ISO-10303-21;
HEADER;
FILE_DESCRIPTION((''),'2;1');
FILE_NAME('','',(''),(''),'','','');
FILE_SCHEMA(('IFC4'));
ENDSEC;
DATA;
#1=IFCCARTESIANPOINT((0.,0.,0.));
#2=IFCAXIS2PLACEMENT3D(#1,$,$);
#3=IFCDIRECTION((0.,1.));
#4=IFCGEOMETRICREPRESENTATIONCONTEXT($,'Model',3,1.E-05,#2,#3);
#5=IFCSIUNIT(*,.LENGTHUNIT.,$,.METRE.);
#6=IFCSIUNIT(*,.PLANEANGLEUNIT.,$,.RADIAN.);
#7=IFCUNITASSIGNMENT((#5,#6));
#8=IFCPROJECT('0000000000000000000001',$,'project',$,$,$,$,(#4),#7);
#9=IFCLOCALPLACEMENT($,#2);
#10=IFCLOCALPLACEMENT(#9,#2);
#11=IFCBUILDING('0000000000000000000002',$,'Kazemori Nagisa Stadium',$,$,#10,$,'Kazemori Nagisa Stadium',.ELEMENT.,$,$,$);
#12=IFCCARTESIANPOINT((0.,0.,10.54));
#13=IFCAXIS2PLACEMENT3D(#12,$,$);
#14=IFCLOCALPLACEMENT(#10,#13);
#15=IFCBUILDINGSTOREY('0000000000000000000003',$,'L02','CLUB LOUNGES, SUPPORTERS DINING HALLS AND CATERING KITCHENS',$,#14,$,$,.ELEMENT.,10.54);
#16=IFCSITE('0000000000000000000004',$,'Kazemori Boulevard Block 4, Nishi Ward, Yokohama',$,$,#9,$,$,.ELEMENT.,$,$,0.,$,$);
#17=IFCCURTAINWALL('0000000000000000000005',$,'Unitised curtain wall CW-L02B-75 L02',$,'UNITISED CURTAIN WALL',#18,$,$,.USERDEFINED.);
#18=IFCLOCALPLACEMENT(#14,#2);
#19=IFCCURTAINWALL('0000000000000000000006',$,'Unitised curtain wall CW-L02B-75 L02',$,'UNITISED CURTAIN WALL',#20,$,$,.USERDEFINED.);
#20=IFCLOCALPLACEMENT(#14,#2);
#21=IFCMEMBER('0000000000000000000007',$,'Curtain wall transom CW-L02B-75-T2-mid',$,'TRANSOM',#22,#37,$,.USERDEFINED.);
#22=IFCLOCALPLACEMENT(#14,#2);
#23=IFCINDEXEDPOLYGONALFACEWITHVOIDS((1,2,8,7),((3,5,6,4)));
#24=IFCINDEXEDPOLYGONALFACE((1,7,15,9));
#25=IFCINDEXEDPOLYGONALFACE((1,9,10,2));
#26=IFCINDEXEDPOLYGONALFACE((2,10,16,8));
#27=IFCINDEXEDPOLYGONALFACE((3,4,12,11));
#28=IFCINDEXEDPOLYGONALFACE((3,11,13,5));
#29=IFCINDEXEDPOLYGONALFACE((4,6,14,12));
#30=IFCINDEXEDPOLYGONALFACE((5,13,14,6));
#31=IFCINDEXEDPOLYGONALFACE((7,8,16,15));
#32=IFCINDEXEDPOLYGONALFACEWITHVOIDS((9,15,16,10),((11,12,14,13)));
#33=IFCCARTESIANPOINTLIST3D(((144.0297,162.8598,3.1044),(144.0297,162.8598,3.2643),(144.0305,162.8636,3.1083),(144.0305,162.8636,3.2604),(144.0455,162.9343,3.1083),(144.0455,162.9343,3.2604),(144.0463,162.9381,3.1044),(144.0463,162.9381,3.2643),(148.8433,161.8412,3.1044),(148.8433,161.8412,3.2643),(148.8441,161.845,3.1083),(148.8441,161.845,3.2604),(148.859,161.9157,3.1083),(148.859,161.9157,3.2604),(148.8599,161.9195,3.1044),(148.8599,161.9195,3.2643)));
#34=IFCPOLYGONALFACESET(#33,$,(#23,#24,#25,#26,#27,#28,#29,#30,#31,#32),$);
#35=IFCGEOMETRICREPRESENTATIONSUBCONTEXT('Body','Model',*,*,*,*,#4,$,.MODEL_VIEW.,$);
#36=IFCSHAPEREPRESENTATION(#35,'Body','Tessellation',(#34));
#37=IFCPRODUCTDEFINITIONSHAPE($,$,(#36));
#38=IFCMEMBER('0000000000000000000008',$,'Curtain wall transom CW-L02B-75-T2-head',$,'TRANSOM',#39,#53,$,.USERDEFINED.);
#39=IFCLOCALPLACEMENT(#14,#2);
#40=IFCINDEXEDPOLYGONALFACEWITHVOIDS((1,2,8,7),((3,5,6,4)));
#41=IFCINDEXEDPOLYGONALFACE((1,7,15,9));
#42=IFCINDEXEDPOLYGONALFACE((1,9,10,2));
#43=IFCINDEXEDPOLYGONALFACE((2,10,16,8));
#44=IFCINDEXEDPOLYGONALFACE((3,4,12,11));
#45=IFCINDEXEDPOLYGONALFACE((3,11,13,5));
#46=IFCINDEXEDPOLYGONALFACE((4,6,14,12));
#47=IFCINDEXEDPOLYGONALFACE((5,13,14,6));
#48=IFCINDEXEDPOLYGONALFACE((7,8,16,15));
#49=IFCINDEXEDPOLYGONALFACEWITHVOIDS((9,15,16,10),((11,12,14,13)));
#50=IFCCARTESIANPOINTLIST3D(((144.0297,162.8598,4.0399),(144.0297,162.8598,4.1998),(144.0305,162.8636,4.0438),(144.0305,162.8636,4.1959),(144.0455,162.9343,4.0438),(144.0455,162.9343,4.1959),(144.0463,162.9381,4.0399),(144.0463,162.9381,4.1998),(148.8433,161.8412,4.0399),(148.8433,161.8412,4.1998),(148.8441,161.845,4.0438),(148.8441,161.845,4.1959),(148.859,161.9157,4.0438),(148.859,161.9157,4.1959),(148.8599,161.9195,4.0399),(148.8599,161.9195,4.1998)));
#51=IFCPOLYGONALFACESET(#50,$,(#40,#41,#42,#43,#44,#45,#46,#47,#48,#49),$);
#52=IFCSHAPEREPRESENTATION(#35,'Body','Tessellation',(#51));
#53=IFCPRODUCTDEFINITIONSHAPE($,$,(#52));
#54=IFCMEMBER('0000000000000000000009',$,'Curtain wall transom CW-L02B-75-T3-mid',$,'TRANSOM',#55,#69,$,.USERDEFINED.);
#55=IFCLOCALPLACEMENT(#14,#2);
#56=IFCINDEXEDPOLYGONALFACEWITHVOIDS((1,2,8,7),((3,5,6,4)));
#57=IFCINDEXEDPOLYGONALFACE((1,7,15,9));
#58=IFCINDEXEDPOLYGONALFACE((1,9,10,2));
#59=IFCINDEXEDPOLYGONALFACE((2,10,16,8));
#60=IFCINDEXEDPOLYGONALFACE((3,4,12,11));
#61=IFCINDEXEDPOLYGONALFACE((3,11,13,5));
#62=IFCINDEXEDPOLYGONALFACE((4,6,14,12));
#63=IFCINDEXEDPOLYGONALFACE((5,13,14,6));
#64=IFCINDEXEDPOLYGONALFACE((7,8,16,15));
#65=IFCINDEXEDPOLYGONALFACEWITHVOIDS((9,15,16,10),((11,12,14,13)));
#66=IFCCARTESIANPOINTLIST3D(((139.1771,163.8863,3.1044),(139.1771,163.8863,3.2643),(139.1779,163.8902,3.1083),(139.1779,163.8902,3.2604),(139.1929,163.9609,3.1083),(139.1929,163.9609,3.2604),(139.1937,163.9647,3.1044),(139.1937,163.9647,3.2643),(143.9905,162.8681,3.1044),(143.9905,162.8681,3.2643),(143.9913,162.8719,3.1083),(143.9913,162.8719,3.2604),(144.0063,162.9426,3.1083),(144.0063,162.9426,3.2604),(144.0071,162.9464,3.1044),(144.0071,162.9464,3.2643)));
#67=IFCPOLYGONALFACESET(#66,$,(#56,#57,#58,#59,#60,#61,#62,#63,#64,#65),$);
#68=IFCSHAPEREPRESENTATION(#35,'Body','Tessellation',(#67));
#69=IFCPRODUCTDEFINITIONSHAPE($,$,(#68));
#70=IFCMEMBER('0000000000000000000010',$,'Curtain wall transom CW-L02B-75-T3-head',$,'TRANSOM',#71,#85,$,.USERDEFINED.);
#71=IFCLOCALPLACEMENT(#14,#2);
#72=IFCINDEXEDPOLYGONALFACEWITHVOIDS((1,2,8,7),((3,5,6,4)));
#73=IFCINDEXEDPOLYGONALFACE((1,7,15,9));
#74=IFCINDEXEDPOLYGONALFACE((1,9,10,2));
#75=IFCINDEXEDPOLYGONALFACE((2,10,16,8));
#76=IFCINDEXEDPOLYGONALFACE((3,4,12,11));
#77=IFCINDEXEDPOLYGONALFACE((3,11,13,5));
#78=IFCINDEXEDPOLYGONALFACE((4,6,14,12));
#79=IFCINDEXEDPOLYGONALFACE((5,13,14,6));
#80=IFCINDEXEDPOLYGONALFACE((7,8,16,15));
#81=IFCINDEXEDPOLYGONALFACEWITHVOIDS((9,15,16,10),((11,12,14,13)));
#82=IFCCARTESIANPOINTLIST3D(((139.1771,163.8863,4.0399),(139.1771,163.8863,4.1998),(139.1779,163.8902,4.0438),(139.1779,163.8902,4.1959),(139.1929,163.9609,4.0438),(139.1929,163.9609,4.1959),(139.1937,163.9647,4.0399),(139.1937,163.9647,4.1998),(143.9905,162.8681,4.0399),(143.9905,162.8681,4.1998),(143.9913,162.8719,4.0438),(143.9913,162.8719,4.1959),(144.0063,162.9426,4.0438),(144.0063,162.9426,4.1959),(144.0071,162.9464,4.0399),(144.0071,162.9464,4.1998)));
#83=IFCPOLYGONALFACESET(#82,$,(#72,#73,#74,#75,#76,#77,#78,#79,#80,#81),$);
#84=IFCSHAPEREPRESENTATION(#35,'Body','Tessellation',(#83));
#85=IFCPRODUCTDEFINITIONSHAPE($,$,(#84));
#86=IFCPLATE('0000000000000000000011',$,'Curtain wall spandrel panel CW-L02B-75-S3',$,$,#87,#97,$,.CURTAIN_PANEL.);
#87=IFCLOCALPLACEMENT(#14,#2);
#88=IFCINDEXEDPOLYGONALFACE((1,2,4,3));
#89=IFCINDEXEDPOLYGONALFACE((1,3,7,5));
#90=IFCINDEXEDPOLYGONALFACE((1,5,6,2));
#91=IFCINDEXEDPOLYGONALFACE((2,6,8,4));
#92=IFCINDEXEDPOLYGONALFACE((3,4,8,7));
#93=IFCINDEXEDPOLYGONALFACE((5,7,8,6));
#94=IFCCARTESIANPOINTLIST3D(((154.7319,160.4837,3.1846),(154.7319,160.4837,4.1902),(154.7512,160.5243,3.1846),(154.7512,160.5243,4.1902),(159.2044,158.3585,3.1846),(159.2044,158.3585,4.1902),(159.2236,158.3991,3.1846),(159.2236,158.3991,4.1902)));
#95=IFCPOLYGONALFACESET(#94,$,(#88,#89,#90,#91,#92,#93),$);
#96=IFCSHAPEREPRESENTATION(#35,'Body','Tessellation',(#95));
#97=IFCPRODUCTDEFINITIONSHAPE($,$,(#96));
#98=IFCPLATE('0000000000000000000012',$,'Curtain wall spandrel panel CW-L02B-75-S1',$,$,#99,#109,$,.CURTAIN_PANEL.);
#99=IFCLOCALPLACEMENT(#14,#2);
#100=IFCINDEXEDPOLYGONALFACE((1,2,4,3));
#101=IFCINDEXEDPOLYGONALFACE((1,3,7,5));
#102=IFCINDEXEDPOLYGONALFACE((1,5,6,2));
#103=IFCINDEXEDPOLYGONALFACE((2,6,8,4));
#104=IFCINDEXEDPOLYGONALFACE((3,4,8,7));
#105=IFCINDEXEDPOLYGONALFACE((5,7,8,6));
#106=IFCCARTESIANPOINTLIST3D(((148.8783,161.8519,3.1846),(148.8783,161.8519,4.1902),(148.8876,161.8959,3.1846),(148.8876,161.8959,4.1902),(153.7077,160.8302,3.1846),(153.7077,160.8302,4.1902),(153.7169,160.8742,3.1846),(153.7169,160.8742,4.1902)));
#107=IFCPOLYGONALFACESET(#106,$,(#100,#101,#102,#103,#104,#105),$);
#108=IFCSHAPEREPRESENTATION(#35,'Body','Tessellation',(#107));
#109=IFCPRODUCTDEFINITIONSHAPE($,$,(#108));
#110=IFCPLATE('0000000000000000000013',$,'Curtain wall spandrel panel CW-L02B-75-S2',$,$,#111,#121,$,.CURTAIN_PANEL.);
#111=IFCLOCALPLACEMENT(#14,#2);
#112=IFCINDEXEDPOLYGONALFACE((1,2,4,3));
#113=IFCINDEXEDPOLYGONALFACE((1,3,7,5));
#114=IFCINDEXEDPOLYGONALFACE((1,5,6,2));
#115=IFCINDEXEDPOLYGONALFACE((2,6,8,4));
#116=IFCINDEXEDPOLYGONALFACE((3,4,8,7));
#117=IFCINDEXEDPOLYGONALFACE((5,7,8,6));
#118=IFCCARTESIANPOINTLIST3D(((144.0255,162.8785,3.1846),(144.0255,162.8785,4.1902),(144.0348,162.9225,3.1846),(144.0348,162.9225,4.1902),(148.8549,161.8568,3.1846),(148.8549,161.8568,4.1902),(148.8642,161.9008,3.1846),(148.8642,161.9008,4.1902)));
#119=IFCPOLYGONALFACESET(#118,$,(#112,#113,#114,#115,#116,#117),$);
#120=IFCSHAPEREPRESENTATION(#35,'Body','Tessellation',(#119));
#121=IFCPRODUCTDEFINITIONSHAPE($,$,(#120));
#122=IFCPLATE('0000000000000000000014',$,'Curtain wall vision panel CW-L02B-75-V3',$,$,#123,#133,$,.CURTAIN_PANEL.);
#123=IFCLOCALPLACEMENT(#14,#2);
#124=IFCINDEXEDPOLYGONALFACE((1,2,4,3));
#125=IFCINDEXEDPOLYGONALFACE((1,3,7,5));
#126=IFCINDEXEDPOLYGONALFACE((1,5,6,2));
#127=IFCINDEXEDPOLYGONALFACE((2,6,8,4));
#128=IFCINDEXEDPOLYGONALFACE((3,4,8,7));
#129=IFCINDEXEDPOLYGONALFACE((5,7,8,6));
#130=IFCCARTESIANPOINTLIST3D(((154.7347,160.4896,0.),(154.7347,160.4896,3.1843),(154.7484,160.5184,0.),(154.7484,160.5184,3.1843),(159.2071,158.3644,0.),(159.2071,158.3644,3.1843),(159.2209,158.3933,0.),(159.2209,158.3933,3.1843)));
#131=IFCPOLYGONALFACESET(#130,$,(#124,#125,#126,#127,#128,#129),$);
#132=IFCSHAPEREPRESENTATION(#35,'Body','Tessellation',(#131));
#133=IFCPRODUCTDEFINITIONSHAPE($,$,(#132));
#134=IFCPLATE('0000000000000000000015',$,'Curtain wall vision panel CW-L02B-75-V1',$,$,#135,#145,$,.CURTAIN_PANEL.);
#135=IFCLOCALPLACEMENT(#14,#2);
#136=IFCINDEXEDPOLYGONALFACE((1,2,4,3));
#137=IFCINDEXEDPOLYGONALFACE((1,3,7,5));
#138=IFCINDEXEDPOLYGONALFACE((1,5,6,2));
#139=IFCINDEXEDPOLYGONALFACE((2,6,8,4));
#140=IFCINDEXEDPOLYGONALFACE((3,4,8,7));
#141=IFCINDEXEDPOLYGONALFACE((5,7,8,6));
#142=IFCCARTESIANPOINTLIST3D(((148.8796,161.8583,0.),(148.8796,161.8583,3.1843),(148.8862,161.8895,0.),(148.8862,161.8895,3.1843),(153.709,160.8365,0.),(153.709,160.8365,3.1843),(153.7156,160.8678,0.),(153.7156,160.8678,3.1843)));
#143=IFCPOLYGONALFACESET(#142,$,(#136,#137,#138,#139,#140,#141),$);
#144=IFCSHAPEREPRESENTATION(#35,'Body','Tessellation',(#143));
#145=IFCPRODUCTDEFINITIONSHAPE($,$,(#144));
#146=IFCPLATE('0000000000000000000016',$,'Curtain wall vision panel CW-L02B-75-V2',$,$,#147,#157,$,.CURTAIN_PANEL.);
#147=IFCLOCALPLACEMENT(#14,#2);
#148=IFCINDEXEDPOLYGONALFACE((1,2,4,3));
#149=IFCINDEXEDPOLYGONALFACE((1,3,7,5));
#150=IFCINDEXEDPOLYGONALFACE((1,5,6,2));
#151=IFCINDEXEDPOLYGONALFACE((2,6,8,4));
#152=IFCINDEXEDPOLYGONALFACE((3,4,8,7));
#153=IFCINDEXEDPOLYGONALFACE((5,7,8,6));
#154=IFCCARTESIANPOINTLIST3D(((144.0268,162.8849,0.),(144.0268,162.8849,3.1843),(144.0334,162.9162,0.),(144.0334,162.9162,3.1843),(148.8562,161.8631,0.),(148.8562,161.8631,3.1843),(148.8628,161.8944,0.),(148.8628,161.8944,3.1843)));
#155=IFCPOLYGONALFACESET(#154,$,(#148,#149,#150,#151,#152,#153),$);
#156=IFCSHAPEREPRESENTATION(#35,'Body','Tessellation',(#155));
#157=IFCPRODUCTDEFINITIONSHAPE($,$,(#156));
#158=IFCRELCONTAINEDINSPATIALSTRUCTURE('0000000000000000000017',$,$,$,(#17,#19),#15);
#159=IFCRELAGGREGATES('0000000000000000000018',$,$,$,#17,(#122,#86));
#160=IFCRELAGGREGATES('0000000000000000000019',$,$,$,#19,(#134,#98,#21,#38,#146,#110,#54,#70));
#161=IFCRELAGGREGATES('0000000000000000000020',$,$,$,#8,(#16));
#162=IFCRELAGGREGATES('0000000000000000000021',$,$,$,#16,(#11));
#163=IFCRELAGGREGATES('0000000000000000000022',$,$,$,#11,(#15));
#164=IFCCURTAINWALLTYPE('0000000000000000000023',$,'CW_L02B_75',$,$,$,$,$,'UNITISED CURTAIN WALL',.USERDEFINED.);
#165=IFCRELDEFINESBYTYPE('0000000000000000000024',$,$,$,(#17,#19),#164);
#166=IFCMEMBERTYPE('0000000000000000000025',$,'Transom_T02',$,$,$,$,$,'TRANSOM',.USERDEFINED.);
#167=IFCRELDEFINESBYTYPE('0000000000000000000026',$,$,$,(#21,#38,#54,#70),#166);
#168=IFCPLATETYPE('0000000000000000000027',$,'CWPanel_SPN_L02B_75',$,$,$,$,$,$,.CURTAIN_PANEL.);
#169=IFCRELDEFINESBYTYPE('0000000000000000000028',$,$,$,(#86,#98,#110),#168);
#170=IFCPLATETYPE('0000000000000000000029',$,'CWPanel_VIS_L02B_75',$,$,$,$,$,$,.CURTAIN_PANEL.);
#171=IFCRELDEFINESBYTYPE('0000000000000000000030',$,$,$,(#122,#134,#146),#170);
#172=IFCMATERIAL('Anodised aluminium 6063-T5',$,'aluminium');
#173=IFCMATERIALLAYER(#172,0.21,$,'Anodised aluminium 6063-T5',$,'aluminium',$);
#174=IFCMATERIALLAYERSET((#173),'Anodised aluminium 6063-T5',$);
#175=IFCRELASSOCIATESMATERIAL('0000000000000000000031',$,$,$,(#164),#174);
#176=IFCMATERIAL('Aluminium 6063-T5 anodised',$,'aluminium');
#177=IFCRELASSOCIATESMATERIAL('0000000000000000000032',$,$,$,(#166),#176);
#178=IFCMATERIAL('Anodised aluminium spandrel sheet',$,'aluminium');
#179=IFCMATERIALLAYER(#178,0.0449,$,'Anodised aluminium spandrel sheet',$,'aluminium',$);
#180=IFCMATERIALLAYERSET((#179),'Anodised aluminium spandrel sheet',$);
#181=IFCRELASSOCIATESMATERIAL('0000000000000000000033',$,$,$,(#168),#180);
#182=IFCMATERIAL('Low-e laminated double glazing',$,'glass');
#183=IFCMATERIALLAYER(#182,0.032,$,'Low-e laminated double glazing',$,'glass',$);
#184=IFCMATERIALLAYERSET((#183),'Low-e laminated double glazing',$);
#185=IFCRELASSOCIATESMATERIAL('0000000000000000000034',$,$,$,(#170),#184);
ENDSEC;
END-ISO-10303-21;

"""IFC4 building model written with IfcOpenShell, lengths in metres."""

from ifc_helpers import new_model, si_unit, direction, frame, origin, origin_2d, place, context, subcontext, project, spatial, rectangle, hollow_rectangle, extrude, material, layer, layer_set, material_profile, profile_set, type_object, element, aggregate, save


model = new_model("IFC4")

# Units and contexts
model_context = context("Model", 3, precision=1e-05, world=origin(), true_north=direction((0.0, 1.0)))
body_context = subcontext(model_context, "Body", "Model", "MODEL_VIEW")
ifc_project = project(units=[si_unit("LENGTHUNIT", "METRE"), si_unit("PLANEANGLEUNIT", "RADIAN")], contexts=[model_context])

# Site, building, storey
site_placement = place(None, origin())
site = spatial("IfcSite", under=ifc_project, at=site_placement, Name="Kazemori Boulevard Block 4, Nishi Ward, Yokohama", CompositionType="ELEMENT", RefElevation=0.0)
building_placement = place(site_placement, origin())
building = spatial("IfcBuilding", under=site, at=building_placement, Name="Kazemori Nagisa Stadium", LongName="Kazemori Nagisa Stadium", CompositionType="ELEMENT")
storey_placement = place(building_placement, frame((0.0, 0.0, 10.54)))
storey = spatial("IfcBuildingStorey", under=building, at=storey_placement, Name="L02", Description="CLUB LOUNGES, SUPPORTERS DINING HALLS AND CATERING KITCHENS", CompositionType="ELEMENT", Elevation=10.54)

# Curtain walls
ifc_material_1 = material(Name="Anodised aluminium 6063-T5", Category="aluminium")
ifc_layer_1 = layer(ifc_material_1, 0.21, Name="Anodised aluminium 6063-T5", Category="aluminium")
ifc_layer_set_1 = layer_set([ifc_layer_1], Name="Anodised aluminium 6063-T5")
curtain_wall_type = type_object("IfcCurtainWallType", Name="CW_L02B_75", ElementType="UNITISED CURTAIN WALL", PredefinedType="USERDEFINED", material=ifc_layer_set_1)
curtain_wall_1_placement = place(storey_placement, origin())
curtain_wall_1 = element("IfcCurtainWall", 1, at=curtain_wall_1_placement, inside=storey, type_object=curtain_wall_type, Name="Unitised curtain wall CW-L02B-75 L02", ObjectType="UNITISED CURTAIN WALL", PredefinedType="USERDEFINED")
ifc_material_2 = material(Name="Aluminium 6063-T5 anodised", Category="aluminium")
curtain_wall_2_placement = place(storey_placement, origin())
curtain_wall_2 = element("IfcCurtainWall", 2, at=curtain_wall_2_placement, inside=storey, type_object=curtain_wall_type, Name="Unitised curtain wall CW-L02B-75 L02", ObjectType="UNITISED CURTAIN WALL", PredefinedType="USERDEFINED")

# Members
ifc_material_profile_1 = material_profile(ifc_material_2, hollow_rectangle(XDim=0.0801, YDim=0.1599, WallThickness=0.0039, at=origin_2d()), Name="ALU-TRAN-80x160x4")
ifc_profile_set_1 = profile_set([ifc_material_profile_1], Name="Aluminium 6063-T5 anodised")
member_type_1 = type_object("IfcMemberType", Name="Transom_T02", ElementType="TRANSOM", PredefinedType="USERDEFINED", material=ifc_profile_set_1)
member_1_placement = place(storey_placement, frame((148.8516, 161.8804, 3.1843), z_axis=(-0.978337, 0.207021, 0.0), x_axis=(-0.207021, -0.978337, 0.0)))
member_1 = element("IfcMember", 3, at=member_1_placement, type_object=member_type_1, Name="Curtain wall transom CW-L02B-75-T2-mid", ObjectType="TRANSOM", PredefinedType="USERDEFINED", context=body_context, shape_type="SweptSolid", body=[
    extrude(hollow_rectangle(XDim=0.0801, YDim=0.1599, WallThickness=0.0039, at=origin_2d()), origin(), (0.0, 0.0, 1.0), 4.9202),
])
member_2_placement = place(storey_placement, frame((148.8516, 161.8804, 4.1199), z_axis=(-0.978337, 0.207021, 0.0), x_axis=(-0.207021, -0.978337, 0.0)))
member_2 = element("IfcMember", 4, at=member_2_placement, type_object=member_type_1, Name="Curtain wall transom CW-L02B-75-T2-head", ObjectType="TRANSOM", PredefinedType="USERDEFINED", context=body_context, shape_type="SweptSolid", body=[
    extrude(hollow_rectangle(XDim=0.0801, YDim=0.1599, WallThickness=0.0039, at=origin_2d()), origin(), (0.0, 0.0, 1.0), 4.9202),
])
member_3_placement = place(storey_placement, frame((143.9988, 162.9072, 3.1843), z_axis=(-0.978347, 0.206973, 0.0), x_axis=(-0.206973, -0.978347, 0.0)))
member_3 = element("IfcMember", 5, at=member_3_placement, type_object=member_type_1, Name="Curtain wall transom CW-L02B-75-T3-mid", ObjectType="TRANSOM", PredefinedType="USERDEFINED", context=body_context, shape_type="SweptSolid", body=[
    extrude(hollow_rectangle(XDim=0.0801, YDim=0.1599, WallThickness=0.0039, at=origin_2d()), origin(), (0.0, 0.0, 1.0), 4.9199),
])
member_4_placement = place(storey_placement, frame((143.9988, 162.9072, 4.1199), z_axis=(-0.978347, 0.206973, 0.0), x_axis=(-0.206973, -0.978347, 0.0)))
member_4 = element("IfcMember", 6, at=member_4_placement, type_object=member_type_1, Name="Curtain wall transom CW-L02B-75-T3-head", ObjectType="TRANSOM", PredefinedType="USERDEFINED", context=body_context, shape_type="SweptSolid", body=[
    extrude(hollow_rectangle(XDim=0.0801, YDim=0.1599, WallThickness=0.0039, at=origin_2d()), origin(), (0.0, 0.0, 1.0), 4.9199),
])

# Plates
ifc_material_3 = material(Name="Anodised aluminium spandrel sheet", Category="aluminium")
ifc_layer_2 = layer(ifc_material_3, 0.0449, Name="Anodised aluminium spandrel sheet", Category="aluminium")
ifc_layer_set_2 = layer_set([ifc_layer_2], Name="Anodised aluminium spandrel sheet")
plate_type_1 = type_object("IfcPlateType", Name="CWPanel_SPN_L02B_75", PredefinedType="CURTAIN_PANEL", material=ifc_layer_set_2)
plate_1_placement = place(storey_placement, frame((156.9778, 159.4414, 3.1846), z_axis=(0.0, 0.0, 1.0), x_axis=(-0.903216, 0.429186, 0.0)))
plate_1 = element("IfcPlate", 7, at=plate_1_placement, type_object=plate_type_1, Name="Curtain wall spandrel panel CW-L02B-75-S3", PredefinedType="CURTAIN_PANEL", context=body_context, shape_type="SweptSolid", body=[
    extrude(rectangle(XDim=4.9517, YDim=0.0449, at=origin_2d()), origin(), (0.0, 0.0, 1.0), 1.0056),
])
plate_2_placement = place(storey_placement, frame((151.2976, 161.363, 3.1846), z_axis=(0.0, 0.0, 1.0), x_axis=(-0.978345, 0.206981, 0.0)))
plate_2 = element("IfcPlate", 8, at=plate_2_placement, type_object=plate_type_1, Name="Curtain wall spandrel panel CW-L02B-75-S1", PredefinedType="CURTAIN_PANEL", context=body_context, shape_type="SweptSolid", body=[
    extrude(rectangle(XDim=4.9363, YDim=0.0449, at=origin_2d()), origin(), (0.0, 0.0, 1.0), 1.0056),
])
plate_3_placement = place(storey_placement, frame((146.4448, 162.3896, 3.1846), z_axis=(0.0, 0.0, 1.0), x_axis=(-0.978345, 0.206981, 0.0)))
plate_3 = element("IfcPlate", 9, at=plate_3_placement, type_object=plate_type_1, Name="Curtain wall spandrel panel CW-L02B-75-S2", PredefinedType="CURTAIN_PANEL", context=body_context, shape_type="SweptSolid", body=[
    extrude(rectangle(XDim=4.9363, YDim=0.0449, at=origin_2d()), origin(), (0.0, 0.0, 1.0), 1.0056),
])
ifc_material_4 = material(Name="Low-e laminated double glazing", Category="glass")
ifc_layer_3 = layer(ifc_material_4, 0.032, Name="Low-e laminated double glazing", Category="glass")
ifc_layer_set_3 = layer_set([ifc_layer_3], Name="Low-e laminated double glazing")
plate_type_2 = type_object("IfcPlateType", Name="CWPanel_VIS_L02B_75", PredefinedType="CURTAIN_PANEL", material=ifc_layer_set_3)
plate_4_placement = place(storey_placement, frame((156.9778, 159.4414, 0.0), z_axis=(0.0, 0.0, 1.0), x_axis=(-0.903216, 0.429186, 0.0)))
plate_4 = element("IfcPlate", 10, at=plate_4_placement, type_object=plate_type_2, Name="Curtain wall vision panel CW-L02B-75-V3", PredefinedType="CURTAIN_PANEL", context=body_context, shape_type="SweptSolid", body=[
    extrude(rectangle(XDim=4.9517, YDim=0.032, at=origin_2d()), origin(), (0.0, 0.0, 1.0), 3.1843),
])
aggregate(curtain_wall_1, [plate_4, plate_1])
plate_5_placement = place(storey_placement, frame((151.2976, 161.363, 0.0), z_axis=(0.0, 0.0, 1.0), x_axis=(-0.978345, 0.206981, 0.0)))
plate_5 = element("IfcPlate", 11, at=plate_5_placement, type_object=plate_type_2, Name="Curtain wall vision panel CW-L02B-75-V1", PredefinedType="CURTAIN_PANEL", context=body_context, shape_type="SweptSolid", body=[
    extrude(rectangle(XDim=4.9363, YDim=0.032, at=origin_2d()), origin(), (0.0, 0.0, 1.0), 3.1843),
])
plate_6_placement = place(storey_placement, frame((146.4448, 162.3896, 0.0), z_axis=(0.0, 0.0, 1.0), x_axis=(-0.978345, 0.206981, 0.0)))
plate_6 = element("IfcPlate", 12, at=plate_6_placement, type_object=plate_type_2, Name="Curtain wall vision panel CW-L02B-75-V2", PredefinedType="CURTAIN_PANEL", context=body_context, shape_type="SweptSolid", body=[
    extrude(rectangle(XDim=4.9363, YDim=0.032, at=origin_2d()), origin(), (0.0, 0.0, 1.0), 3.1843),
])
aggregate(curtain_wall_2, [plate_5, plate_2, member_1, member_2, plate_6, plate_3, member_3, member_4])

save(model, "model.ifc")
